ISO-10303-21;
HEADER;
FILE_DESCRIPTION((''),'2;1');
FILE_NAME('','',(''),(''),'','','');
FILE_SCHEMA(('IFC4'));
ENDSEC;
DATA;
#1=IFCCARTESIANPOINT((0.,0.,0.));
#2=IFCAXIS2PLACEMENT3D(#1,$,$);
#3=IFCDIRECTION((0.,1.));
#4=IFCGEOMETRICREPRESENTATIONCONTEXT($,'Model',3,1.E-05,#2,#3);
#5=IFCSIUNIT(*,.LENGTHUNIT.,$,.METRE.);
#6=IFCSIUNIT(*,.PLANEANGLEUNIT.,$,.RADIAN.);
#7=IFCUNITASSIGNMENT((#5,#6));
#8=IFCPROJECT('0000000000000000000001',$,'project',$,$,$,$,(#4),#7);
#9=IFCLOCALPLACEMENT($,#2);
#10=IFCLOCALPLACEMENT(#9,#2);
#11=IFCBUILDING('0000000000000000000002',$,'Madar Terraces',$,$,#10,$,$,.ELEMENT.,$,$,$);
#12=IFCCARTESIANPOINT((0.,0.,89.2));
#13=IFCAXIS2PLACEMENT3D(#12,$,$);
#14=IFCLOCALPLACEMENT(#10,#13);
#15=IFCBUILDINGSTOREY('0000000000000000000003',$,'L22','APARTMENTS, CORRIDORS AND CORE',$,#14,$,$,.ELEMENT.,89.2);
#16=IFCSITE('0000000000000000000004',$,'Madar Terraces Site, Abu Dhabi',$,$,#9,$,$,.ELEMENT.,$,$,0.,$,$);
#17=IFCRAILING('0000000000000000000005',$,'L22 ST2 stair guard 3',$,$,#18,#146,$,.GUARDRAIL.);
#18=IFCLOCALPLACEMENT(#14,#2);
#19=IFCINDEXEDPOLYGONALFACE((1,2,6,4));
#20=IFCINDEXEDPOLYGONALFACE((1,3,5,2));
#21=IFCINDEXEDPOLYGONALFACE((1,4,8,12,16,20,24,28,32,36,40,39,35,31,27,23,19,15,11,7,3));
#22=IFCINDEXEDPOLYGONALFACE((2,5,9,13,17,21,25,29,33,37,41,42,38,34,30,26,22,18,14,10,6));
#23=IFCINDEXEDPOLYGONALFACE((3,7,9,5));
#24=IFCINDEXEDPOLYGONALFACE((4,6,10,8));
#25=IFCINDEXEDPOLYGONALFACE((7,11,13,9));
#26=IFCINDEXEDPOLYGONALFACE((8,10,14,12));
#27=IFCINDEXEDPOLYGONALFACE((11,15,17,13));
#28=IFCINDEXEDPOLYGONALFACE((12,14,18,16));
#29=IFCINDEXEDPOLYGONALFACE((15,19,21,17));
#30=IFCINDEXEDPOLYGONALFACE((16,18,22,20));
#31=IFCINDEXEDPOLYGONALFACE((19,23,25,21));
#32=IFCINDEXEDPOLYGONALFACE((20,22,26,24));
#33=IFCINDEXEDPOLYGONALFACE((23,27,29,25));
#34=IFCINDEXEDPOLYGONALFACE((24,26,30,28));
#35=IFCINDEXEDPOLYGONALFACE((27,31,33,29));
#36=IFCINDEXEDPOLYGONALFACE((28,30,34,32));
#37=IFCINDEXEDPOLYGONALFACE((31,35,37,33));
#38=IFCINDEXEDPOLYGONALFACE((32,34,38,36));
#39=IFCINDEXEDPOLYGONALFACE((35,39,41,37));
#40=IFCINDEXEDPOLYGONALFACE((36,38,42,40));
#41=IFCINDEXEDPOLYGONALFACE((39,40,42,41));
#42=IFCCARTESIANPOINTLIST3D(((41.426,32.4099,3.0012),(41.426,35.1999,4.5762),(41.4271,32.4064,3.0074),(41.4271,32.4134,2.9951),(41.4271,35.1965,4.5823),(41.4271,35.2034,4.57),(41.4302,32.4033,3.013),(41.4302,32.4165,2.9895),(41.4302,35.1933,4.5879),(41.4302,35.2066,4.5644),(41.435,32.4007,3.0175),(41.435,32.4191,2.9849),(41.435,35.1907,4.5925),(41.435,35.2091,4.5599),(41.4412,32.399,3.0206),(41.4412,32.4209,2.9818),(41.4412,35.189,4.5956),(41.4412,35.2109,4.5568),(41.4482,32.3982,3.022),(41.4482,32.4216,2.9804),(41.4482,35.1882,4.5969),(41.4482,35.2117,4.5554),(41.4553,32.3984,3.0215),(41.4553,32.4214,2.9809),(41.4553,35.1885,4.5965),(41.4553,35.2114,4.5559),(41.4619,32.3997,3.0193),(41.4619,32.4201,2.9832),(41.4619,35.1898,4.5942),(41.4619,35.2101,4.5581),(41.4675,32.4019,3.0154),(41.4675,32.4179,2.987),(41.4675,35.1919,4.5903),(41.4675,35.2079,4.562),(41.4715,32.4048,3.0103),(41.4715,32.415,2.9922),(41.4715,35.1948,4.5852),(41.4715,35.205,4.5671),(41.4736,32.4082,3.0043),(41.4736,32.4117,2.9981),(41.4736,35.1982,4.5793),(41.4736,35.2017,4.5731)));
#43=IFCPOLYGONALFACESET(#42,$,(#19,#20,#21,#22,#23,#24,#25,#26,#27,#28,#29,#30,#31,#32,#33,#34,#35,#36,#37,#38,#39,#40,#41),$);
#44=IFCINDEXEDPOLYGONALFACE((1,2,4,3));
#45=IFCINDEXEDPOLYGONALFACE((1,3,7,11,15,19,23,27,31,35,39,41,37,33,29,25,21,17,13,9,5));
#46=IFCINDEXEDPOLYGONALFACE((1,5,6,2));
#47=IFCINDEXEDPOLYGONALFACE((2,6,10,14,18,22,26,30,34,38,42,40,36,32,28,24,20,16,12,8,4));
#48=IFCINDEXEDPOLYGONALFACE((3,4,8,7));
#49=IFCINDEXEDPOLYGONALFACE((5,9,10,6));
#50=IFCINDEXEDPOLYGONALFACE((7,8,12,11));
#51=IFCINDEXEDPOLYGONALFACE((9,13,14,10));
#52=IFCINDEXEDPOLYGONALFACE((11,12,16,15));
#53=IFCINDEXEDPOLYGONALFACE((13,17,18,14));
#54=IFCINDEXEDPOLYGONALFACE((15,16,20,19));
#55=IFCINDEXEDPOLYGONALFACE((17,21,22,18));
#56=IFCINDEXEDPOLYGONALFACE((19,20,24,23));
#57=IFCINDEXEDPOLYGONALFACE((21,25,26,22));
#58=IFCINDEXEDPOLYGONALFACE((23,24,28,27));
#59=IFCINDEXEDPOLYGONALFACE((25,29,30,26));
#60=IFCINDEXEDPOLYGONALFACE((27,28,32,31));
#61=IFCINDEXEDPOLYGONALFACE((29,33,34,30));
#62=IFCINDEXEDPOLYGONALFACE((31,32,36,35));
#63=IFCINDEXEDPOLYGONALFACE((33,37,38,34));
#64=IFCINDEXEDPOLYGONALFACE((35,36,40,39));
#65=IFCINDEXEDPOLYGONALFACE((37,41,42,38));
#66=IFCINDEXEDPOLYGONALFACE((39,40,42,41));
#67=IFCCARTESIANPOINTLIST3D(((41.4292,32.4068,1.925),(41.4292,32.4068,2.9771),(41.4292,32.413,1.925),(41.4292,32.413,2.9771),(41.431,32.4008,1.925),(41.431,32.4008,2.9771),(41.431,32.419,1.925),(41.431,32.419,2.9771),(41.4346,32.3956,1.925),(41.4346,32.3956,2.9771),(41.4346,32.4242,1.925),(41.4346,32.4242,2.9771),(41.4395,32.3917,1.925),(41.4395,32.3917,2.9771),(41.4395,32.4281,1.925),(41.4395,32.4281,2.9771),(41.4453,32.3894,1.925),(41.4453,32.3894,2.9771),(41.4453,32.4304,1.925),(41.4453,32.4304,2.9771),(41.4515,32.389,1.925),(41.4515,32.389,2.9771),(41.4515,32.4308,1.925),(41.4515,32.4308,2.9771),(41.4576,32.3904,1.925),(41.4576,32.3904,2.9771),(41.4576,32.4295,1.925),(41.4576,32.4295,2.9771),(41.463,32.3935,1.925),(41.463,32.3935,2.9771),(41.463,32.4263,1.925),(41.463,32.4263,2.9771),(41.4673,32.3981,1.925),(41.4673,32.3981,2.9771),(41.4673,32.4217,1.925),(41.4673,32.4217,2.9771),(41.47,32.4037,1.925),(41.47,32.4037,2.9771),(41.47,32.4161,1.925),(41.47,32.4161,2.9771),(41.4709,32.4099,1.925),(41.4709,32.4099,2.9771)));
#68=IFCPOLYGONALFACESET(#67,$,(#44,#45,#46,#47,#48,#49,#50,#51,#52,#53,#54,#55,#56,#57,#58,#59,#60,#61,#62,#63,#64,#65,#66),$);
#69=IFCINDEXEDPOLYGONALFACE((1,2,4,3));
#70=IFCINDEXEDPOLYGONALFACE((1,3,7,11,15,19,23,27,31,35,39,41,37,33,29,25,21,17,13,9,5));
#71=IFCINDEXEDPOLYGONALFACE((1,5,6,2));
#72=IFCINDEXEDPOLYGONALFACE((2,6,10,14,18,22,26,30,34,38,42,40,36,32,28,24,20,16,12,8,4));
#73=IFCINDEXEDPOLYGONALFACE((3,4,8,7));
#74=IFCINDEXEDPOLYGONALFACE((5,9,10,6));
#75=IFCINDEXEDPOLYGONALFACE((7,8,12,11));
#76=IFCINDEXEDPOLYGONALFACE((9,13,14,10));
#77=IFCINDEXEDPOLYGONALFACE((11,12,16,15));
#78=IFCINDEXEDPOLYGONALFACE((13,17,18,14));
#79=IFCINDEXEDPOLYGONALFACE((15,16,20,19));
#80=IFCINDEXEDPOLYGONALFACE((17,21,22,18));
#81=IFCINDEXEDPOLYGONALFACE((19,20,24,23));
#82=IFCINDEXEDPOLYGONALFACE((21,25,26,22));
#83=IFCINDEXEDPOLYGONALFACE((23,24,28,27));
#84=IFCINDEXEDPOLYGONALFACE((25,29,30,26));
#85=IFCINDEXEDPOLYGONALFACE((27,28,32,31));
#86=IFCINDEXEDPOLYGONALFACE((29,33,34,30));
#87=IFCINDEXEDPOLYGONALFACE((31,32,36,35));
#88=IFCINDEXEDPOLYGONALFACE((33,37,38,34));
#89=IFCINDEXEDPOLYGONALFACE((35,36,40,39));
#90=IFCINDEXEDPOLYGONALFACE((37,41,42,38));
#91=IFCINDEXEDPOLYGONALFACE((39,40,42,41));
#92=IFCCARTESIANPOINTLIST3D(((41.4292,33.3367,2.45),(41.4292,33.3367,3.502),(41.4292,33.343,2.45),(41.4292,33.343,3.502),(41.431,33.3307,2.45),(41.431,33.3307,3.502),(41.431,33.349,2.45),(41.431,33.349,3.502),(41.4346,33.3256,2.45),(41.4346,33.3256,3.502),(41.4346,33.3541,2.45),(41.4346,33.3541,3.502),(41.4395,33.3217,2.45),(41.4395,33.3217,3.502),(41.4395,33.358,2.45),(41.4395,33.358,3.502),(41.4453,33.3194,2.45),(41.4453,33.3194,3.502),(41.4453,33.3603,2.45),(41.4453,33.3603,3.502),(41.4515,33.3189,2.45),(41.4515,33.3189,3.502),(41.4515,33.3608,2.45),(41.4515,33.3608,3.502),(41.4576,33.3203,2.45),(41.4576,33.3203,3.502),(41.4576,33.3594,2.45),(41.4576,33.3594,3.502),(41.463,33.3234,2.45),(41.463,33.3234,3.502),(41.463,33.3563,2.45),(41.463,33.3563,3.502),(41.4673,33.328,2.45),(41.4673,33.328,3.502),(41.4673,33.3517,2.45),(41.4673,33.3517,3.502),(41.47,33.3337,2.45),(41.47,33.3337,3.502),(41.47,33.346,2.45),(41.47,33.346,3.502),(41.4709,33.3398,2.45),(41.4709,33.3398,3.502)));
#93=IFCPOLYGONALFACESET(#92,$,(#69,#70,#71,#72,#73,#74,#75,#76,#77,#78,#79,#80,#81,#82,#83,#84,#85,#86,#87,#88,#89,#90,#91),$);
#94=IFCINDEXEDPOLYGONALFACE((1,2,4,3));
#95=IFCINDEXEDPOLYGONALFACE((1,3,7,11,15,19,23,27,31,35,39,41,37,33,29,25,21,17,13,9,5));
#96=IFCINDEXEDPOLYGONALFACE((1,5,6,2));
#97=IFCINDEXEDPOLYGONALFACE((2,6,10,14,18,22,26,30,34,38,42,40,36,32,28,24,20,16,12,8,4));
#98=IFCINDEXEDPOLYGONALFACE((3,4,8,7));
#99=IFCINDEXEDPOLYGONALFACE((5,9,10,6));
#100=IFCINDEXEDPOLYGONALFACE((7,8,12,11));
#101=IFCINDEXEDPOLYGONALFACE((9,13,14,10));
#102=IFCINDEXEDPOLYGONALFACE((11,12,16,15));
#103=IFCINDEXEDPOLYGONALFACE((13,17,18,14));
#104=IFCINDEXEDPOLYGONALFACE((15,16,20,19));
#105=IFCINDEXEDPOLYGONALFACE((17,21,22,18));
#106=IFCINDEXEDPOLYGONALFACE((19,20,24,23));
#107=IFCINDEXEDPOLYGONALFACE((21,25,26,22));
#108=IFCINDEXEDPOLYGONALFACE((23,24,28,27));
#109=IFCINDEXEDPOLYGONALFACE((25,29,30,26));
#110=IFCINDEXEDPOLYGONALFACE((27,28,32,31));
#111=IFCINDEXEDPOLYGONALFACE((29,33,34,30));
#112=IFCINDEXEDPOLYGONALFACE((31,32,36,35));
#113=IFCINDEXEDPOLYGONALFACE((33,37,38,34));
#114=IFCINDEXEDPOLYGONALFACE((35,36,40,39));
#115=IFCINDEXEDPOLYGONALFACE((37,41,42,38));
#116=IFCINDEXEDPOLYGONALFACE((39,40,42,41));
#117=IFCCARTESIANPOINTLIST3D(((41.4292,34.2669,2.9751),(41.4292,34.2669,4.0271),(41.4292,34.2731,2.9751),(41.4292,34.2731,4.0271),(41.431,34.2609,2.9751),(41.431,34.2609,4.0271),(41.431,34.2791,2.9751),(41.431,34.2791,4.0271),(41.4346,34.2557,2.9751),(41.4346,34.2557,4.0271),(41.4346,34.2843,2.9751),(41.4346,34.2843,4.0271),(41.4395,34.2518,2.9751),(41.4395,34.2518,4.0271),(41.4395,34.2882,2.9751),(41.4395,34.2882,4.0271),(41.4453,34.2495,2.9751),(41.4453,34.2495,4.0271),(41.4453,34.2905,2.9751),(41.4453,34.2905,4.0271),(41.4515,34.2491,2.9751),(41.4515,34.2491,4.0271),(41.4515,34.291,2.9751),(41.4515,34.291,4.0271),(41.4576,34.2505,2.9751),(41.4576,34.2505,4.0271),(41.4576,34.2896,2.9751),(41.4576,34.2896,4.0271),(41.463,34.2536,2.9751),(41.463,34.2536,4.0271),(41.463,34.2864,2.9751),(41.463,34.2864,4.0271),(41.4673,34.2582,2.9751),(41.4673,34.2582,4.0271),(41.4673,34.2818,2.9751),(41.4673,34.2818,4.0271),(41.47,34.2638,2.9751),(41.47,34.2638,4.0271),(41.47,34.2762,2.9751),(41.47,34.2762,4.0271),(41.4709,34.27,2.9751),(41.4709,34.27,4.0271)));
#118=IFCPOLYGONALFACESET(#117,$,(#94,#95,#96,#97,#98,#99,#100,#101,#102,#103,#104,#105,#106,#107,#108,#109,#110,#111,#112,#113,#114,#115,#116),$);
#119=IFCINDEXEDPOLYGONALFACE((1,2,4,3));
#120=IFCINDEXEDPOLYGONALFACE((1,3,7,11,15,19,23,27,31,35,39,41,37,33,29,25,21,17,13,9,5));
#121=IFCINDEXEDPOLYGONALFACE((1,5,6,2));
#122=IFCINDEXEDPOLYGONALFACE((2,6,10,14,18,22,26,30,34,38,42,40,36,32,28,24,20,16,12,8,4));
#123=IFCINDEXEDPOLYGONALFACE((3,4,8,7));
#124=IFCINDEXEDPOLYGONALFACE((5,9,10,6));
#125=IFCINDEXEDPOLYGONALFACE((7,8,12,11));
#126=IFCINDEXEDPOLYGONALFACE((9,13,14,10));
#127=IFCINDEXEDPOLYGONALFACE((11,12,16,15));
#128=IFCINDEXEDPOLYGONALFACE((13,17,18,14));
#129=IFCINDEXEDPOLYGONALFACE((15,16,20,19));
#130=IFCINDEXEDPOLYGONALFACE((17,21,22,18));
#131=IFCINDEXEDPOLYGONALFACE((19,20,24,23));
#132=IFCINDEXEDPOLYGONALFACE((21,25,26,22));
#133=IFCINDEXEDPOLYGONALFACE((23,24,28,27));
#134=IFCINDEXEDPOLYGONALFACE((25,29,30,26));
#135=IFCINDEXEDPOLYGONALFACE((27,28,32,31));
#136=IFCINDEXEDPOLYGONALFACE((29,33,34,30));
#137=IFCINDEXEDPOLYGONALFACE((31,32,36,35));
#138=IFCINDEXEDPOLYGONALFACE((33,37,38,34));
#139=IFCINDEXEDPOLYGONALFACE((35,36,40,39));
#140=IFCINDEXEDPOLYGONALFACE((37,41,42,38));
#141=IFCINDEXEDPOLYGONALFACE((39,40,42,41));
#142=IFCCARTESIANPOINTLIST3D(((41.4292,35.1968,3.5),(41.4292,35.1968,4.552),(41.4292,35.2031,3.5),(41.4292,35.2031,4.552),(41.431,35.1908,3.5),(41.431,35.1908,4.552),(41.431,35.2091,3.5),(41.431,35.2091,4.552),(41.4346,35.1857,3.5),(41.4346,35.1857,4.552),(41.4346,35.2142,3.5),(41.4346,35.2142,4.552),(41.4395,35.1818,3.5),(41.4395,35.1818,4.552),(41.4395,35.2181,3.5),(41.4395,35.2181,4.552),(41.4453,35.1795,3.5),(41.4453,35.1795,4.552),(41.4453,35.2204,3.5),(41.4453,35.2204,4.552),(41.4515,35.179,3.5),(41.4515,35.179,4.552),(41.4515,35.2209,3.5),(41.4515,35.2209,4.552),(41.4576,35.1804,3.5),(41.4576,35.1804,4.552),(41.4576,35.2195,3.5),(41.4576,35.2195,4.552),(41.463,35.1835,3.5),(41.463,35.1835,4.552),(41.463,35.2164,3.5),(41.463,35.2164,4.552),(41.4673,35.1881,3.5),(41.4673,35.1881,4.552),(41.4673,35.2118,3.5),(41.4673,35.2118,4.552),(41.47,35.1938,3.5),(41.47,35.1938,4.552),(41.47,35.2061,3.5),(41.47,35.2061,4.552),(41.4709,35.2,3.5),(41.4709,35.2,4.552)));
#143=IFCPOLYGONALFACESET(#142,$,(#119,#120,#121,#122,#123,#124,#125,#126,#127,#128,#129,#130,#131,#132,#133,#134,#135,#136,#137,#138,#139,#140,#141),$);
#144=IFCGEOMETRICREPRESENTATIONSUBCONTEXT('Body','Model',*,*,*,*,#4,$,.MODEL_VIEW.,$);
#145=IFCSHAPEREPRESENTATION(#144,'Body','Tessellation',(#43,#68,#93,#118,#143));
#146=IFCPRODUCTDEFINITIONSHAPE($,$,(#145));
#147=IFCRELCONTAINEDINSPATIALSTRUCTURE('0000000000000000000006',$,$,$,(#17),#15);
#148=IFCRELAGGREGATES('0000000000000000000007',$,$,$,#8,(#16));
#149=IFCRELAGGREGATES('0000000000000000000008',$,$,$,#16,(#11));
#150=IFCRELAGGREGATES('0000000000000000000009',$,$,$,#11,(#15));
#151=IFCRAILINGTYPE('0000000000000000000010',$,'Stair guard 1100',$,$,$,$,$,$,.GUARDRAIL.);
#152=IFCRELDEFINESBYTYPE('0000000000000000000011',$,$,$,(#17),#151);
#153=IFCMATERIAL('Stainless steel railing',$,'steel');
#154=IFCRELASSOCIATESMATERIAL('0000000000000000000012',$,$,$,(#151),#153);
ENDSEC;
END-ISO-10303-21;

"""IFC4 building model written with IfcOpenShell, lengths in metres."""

from ifc_helpers import new_model, si_unit, direction, frame, origin, origin_2d, place, context, subcontext, project, spatial, circle, extrude, material, type_object, element, save


model = new_model("IFC4")

# Units and contexts
model_context = context("Model", 3, precision=1e-05, world=origin(), true_north=direction((0.0, 1.0)))
body_context = subcontext(model_context, "Body", "Model", "MODEL_VIEW")
ifc_project = project(units=[si_unit("LENGTHUNIT", "METRE"), si_unit("PLANEANGLEUNIT", "RADIAN")], contexts=[model_context])

# Site, building, storey
site_placement = place(None, origin())
site = spatial("IfcSite", under=ifc_project, at=site_placement, Name="Madar Terraces Site, Abu Dhabi", CompositionType="ELEMENT", RefElevation=0.0)
building_placement = place(site_placement, origin())
building = spatial("IfcBuilding", under=site, at=building_placement, Name="Madar Terraces", CompositionType="ELEMENT")
storey_placement = place(building_placement, frame((0.0, 0.0, 89.2)))
storey = spatial("IfcBuildingStorey", under=building, at=storey_placement, Name="L22", Description="APARTMENTS, CORRIDORS AND CORE", CompositionType="ELEMENT", Elevation=89.2)

# Railing
ifc_material_1 = material(Name="Stainless steel railing", Category="steel")
railing_type_1 = type_object("IfcRailingType", Name="Stair guard 1100", PredefinedType="GUARDRAIL", material=ifc_material_1)
railing_1_placement = place(storey_placement, frame((41.45, 32.4099, 1.925)))
element("IfcRailing", 1, at=railing_1_placement, inside=storey, type_object=railing_type_1, Name="L22 ST2 stair guard 3", PredefinedType="GUARDRAIL", context=body_context, shape_type="SweptSolid", body=[
    extrude(circle(Radius=0.0239, at=origin_2d()), frame((0.0, 0.0, 1.0762), z_axis=(0.0, 0.870834, 0.491578), x_axis=(-1.0, 0.0, 0.0)), (0.0, 0.0, 1.0), 3.2039),
    extrude(circle(Radius=0.021, at=origin_2d()), origin(), (0.0, 0.0, 1.0), 1.052),
    extrude(circle(Radius=0.021, at=origin_2d()), frame((0.0, 0.9299, 0.5249)), (0.0, 0.0, 1.0), 1.052),
    extrude(circle(Radius=0.021, at=origin_2d()), frame((0.0, 1.8601, 1.05)), (0.0, 0.0, 1.0), 1.052),
    extrude(circle(Radius=0.021, at=origin_2d()), frame((0.0, 2.79, 1.575)), (0.0, 0.0, 1.0), 1.052),
])

save(model, "model.ifc")
